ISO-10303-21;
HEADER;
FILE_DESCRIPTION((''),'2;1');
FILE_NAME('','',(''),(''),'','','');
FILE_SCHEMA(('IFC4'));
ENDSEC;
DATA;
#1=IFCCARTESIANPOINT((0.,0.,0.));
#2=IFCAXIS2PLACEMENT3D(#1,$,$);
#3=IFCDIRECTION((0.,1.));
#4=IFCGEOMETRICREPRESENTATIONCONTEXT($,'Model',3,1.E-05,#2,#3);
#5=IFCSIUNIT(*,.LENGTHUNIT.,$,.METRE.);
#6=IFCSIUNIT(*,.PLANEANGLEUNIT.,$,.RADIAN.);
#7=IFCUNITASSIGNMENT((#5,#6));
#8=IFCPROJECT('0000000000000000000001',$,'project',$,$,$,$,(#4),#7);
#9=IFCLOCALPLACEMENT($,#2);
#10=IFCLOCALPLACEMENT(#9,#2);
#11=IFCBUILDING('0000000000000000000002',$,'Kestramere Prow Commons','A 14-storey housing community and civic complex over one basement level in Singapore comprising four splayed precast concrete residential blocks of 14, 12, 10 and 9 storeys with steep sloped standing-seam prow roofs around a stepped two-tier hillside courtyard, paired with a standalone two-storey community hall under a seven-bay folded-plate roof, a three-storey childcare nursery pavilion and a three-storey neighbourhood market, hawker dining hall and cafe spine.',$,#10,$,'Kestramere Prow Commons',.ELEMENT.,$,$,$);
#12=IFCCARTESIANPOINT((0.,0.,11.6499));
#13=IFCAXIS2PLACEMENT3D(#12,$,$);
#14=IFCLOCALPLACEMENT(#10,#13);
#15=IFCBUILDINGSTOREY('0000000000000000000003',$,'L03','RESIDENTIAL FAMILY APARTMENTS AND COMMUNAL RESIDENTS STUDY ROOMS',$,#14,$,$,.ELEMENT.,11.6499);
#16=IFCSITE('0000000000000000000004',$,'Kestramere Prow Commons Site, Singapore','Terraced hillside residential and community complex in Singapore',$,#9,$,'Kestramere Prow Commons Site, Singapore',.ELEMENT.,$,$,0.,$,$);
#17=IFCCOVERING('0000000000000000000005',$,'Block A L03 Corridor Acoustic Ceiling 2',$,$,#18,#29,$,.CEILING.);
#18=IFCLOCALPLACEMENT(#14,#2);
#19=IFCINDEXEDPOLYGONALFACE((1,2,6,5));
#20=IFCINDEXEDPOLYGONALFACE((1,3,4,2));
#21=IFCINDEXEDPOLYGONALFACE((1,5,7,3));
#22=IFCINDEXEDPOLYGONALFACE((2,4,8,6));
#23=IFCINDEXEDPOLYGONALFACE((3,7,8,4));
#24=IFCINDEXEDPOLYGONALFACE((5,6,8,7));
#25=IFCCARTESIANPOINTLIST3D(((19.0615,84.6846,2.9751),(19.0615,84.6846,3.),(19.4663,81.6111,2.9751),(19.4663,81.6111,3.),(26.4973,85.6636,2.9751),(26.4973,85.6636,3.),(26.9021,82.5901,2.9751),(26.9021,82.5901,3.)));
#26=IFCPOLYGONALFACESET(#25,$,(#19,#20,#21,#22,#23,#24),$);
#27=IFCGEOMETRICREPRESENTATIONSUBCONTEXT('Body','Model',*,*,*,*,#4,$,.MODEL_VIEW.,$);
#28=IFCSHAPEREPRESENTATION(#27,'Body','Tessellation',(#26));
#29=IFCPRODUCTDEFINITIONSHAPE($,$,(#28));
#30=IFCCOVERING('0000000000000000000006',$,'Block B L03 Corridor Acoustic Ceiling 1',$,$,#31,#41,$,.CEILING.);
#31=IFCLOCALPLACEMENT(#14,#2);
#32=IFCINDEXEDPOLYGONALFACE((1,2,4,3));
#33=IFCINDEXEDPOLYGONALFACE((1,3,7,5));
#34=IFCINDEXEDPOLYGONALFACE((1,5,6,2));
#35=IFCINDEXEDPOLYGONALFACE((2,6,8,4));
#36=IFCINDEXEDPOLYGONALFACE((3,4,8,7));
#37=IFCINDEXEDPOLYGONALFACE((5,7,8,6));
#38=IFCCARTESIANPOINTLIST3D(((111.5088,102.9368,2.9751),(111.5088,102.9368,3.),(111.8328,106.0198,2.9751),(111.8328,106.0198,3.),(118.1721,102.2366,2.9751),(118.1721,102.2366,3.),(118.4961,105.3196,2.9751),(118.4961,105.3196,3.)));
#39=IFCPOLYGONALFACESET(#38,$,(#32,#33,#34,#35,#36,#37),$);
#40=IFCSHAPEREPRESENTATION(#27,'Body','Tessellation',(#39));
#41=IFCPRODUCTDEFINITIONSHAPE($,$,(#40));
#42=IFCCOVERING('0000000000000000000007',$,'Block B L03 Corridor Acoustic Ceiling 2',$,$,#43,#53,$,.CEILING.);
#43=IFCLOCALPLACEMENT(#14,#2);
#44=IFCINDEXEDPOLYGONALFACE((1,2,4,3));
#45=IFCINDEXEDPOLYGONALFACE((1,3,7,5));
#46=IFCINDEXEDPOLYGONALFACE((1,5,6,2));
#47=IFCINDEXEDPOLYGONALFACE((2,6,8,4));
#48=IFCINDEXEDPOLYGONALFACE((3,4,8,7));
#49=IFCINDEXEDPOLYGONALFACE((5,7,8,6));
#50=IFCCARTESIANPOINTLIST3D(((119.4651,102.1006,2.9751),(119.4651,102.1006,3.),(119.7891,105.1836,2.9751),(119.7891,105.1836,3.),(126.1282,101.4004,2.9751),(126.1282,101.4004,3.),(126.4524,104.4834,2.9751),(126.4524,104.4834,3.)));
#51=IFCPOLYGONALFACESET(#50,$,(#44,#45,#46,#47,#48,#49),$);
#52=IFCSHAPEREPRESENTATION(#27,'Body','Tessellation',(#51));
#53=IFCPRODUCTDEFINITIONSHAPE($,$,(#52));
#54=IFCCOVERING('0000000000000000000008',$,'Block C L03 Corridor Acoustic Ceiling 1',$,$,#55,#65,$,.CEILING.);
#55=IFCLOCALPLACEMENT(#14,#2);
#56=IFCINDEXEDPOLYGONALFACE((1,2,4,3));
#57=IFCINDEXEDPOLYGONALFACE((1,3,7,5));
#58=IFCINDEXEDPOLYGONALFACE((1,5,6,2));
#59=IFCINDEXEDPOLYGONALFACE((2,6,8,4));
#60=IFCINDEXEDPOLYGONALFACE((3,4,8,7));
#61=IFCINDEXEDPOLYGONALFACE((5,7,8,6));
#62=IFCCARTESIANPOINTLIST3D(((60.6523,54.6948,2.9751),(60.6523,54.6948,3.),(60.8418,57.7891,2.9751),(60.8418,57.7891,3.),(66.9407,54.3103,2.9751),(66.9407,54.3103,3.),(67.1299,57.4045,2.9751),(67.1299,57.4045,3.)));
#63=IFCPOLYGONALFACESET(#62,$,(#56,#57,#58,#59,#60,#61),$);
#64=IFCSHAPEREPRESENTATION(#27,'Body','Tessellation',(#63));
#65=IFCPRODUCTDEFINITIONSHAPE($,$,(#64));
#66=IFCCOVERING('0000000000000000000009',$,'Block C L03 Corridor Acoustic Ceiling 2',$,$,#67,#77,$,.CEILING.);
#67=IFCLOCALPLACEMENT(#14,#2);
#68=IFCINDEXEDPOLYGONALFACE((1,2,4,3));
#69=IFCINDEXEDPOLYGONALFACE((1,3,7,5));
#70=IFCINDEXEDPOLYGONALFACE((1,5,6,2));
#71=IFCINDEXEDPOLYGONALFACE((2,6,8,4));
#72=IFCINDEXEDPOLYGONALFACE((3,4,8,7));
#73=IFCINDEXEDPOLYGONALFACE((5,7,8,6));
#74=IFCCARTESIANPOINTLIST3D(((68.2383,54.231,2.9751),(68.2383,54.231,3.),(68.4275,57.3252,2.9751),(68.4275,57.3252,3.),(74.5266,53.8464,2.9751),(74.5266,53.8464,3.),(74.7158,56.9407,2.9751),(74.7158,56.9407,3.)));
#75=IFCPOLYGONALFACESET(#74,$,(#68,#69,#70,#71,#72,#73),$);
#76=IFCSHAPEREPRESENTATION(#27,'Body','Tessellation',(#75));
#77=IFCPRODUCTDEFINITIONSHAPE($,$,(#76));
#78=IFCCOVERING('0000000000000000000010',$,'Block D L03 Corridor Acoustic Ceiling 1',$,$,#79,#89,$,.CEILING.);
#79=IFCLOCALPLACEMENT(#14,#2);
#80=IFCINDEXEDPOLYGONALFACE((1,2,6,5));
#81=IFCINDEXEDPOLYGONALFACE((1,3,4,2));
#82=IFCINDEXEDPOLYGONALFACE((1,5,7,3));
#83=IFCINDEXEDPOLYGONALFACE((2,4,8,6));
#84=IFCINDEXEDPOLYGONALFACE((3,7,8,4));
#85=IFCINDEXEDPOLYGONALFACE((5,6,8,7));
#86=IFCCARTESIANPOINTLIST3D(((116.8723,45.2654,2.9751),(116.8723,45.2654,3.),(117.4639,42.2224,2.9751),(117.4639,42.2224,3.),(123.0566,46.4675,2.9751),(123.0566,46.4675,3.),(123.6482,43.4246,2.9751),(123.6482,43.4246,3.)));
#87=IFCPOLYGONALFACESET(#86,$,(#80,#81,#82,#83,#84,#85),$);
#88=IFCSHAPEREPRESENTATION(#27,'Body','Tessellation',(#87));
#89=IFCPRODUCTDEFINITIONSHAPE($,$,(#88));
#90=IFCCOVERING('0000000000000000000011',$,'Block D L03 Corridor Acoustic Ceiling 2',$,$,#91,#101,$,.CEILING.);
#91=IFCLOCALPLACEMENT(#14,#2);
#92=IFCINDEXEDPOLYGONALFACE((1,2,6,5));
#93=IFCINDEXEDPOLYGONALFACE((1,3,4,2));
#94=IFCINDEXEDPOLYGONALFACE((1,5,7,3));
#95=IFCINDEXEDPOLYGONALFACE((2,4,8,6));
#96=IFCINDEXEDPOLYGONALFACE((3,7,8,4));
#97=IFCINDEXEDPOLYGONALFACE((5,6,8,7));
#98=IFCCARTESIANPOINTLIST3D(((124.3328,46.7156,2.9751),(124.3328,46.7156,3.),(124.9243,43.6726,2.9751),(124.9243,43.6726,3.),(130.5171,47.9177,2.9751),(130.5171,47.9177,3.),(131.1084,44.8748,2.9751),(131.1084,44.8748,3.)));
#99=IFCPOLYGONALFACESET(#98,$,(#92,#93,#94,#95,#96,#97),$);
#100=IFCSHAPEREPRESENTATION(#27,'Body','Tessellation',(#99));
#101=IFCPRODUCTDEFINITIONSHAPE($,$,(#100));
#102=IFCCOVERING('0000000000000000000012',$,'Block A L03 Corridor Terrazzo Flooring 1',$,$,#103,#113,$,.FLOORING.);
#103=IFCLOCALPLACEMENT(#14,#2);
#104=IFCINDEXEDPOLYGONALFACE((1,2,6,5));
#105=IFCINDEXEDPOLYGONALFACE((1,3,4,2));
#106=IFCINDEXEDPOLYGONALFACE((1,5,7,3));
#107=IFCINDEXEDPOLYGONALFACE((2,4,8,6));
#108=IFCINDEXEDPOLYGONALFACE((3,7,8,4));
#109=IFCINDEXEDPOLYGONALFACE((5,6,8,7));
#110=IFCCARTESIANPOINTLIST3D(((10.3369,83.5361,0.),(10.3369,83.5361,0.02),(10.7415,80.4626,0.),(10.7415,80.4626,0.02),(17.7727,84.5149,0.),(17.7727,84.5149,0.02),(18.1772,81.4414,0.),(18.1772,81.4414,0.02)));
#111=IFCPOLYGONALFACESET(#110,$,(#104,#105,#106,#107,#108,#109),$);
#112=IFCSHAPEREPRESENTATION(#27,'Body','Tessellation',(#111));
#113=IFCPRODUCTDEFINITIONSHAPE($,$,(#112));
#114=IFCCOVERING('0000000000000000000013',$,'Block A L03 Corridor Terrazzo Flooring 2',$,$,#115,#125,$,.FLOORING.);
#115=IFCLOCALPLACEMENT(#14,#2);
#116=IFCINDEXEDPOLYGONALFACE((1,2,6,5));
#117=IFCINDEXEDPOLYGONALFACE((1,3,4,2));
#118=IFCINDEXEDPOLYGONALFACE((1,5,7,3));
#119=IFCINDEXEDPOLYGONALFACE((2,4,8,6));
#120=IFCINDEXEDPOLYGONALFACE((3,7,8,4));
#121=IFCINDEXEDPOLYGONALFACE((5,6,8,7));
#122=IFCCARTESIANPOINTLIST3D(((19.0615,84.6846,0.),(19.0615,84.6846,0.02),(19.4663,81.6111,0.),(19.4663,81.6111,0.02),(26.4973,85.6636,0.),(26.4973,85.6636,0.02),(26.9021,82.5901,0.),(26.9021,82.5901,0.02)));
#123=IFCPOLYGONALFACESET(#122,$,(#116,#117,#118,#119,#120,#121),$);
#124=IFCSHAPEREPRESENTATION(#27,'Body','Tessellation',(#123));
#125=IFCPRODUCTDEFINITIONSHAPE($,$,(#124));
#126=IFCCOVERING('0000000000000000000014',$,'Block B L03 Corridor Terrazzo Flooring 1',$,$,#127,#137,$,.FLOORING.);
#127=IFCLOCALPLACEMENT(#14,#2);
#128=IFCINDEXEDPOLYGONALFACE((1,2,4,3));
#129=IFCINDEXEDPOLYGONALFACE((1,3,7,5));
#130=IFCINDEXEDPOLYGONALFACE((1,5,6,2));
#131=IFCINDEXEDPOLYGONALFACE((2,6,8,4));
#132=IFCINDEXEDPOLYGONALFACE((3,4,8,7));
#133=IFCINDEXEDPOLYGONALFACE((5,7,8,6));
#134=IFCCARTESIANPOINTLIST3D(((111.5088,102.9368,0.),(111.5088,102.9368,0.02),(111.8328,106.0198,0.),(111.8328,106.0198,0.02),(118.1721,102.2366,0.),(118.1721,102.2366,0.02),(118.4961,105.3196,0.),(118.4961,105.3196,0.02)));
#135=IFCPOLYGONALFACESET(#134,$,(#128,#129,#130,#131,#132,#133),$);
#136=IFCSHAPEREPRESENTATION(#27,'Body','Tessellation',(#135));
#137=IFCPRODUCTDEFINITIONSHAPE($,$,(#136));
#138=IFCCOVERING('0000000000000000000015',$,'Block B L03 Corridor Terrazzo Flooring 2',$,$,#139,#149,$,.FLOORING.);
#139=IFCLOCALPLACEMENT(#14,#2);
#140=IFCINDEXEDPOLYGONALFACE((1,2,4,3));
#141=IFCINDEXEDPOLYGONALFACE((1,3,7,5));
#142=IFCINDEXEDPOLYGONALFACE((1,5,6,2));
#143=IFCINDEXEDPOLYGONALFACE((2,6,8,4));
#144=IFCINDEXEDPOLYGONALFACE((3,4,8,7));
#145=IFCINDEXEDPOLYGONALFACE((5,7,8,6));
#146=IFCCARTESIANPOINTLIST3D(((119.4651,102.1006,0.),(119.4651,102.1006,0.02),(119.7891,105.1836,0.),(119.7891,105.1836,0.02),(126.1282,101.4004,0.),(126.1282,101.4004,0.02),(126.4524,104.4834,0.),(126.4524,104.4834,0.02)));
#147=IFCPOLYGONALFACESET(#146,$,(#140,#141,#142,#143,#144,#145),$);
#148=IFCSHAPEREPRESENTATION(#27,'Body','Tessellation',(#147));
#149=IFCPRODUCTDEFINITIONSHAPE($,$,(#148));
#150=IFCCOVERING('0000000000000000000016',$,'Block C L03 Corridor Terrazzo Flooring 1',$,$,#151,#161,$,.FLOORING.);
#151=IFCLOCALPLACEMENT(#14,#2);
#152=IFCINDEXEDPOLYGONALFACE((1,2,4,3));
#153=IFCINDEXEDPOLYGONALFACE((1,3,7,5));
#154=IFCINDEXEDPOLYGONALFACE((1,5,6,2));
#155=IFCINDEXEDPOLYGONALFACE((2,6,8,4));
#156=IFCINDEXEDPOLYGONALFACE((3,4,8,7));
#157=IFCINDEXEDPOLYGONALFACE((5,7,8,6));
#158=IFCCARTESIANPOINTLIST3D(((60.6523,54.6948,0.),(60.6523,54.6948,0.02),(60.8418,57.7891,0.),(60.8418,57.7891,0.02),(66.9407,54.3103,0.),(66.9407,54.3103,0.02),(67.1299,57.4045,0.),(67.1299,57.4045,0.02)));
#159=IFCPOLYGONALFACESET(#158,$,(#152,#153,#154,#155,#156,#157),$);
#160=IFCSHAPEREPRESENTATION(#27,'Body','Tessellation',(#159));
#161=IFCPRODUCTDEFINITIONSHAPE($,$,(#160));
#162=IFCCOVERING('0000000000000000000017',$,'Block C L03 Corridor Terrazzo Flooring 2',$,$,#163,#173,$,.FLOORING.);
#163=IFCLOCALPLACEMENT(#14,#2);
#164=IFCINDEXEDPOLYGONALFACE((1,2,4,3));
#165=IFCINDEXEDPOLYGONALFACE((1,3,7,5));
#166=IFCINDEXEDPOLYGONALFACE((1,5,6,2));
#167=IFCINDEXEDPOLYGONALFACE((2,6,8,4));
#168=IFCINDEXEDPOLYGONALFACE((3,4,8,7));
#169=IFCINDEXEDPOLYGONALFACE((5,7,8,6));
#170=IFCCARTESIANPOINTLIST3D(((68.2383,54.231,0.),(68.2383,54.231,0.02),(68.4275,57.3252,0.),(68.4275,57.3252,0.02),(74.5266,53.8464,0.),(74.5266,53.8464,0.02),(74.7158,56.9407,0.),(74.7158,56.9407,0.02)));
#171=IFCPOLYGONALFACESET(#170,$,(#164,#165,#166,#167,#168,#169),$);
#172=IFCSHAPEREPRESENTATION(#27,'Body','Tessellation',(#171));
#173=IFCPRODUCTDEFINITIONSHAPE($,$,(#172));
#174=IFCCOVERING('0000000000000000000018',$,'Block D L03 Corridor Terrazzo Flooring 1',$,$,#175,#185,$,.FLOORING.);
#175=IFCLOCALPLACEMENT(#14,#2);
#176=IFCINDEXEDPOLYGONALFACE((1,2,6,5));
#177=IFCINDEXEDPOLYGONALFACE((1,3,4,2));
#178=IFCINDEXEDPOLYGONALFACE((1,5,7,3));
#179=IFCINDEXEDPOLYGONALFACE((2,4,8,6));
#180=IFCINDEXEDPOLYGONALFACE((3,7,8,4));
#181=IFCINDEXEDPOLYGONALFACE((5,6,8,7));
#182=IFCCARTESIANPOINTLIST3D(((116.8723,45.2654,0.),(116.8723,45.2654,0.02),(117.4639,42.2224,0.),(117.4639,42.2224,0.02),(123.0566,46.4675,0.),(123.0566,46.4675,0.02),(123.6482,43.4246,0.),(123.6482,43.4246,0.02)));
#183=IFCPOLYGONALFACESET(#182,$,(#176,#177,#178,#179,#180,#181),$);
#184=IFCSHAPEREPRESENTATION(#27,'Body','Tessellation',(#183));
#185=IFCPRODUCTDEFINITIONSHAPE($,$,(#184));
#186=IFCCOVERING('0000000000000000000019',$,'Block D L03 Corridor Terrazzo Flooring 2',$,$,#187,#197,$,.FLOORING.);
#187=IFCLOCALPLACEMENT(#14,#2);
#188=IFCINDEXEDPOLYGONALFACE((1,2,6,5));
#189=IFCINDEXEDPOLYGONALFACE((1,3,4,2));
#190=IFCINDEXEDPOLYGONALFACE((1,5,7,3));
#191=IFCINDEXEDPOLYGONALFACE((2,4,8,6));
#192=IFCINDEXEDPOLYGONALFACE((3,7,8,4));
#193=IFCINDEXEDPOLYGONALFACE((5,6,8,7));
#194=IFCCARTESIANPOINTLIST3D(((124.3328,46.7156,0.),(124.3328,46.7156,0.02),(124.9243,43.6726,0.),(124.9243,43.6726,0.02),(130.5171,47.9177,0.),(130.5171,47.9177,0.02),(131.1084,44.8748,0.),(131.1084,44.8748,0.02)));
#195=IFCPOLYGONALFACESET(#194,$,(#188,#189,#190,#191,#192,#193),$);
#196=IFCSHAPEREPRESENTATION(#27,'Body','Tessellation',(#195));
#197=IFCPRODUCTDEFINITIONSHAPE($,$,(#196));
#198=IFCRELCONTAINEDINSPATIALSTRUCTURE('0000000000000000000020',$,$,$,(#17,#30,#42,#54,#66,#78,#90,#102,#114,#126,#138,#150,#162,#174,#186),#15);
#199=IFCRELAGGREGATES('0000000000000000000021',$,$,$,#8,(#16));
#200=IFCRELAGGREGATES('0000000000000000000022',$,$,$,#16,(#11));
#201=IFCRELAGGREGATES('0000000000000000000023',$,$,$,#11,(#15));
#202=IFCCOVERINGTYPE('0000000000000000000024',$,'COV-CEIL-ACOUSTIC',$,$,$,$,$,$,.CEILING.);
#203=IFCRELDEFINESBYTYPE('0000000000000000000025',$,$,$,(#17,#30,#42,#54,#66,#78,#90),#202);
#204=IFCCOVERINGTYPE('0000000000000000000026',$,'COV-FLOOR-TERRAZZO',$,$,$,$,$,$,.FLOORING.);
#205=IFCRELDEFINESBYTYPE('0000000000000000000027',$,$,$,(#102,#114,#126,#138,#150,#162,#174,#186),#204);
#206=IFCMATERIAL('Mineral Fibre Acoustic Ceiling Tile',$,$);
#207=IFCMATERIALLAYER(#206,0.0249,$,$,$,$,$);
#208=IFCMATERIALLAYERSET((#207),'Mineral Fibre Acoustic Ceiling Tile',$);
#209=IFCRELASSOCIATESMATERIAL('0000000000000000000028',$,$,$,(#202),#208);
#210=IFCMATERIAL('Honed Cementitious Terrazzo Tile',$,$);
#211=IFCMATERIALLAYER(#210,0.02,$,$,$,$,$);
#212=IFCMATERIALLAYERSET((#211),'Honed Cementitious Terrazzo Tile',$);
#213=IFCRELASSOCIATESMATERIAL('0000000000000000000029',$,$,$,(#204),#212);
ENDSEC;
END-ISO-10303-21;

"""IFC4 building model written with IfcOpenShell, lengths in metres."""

from ifc_helpers import new_model, si_unit, direction, frame, origin, place, context, subcontext, project, spatial, polyline, outline, extrude, material, layer, layer_set, type_object, element, save


model = new_model("IFC4")

# Units and contexts
model_context = context("Model", 3, precision=1e-05, world=origin(), true_north=direction((0.0, 1.0)))
body_context = subcontext(model_context, "Body", "Model", "MODEL_VIEW")
ifc_project = project(units=[si_unit("LENGTHUNIT", "METRE"), si_unit("PLANEANGLEUNIT", "RADIAN")], contexts=[model_context])

# Site, building, storey
site_placement = place(None, origin())
site = spatial("IfcSite", under=ifc_project, at=site_placement, Name="Kestramere Prow Commons Site, Singapore", Description="Terraced hillside residential and community complex in Singapore", LongName="Kestramere Prow Commons Site, Singapore", CompositionType="ELEMENT", RefElevation=0.0)
building_placement = place(site_placement, origin())
building = spatial("IfcBuilding", under=site, at=building_placement, Name="Kestramere Prow Commons", Description="A 14-storey housing community and civic complex over one basement level in Singapore comprising four splayed precast concrete residential blocks of 14, 12, 10 and 9 storeys with steep sloped standing-seam prow roofs around a stepped two-tier hillside courtyard, paired with a standalone two-storey community hall under a seven-bay folded-plate roof, a three-storey childcare nursery pavilion and a three-storey neighbourhood market, hawker dining hall and cafe spine.", LongName="Kestramere Prow Commons", CompositionType="ELEMENT")
storey_placement = place(building_placement, frame((0.0, 0.0, 11.6499)))
storey = spatial("IfcBuildingStorey", under=building, at=storey_placement, Name="L03", Description="RESIDENTIAL FAMILY APARTMENTS AND COMMUNAL RESIDENTS STUDY ROOMS", CompositionType="ELEMENT", Elevation=11.6499)

# Coverings
ifc_material_1 = material(Name="Mineral Fibre Acoustic Ceiling Tile")
ifc_layer_1 = layer(ifc_material_1, 0.0249)
ifc_layer_set_1 = layer_set([ifc_layer_1], Name="Mineral Fibre Acoustic Ceiling Tile")
covering_type_1 = type_object("IfcCoveringType", Name="COV-CEIL-ACOUSTIC", PredefinedType="CEILING", material=ifc_layer_set_1)
covering_1_placement = place(storey_placement, frame((0.0, 0.0, 2.9751)))
element("IfcCovering", 1, at=covering_1_placement, inside=storey, type_object=covering_type_1, Name="Block A L03 Corridor Acoustic Ceiling 2", PredefinedType="CEILING", context=body_context, shape_type="SweptSolid", body=[
    extrude(outline(polyline([(19.4663, 81.6111), (26.9021, 82.5901), (26.4973, 85.6636), (19.0615, 84.6846), (19.4663, 81.6111)])), origin(), (0.0, 0.0, 1.0), 0.0249),
])
covering_2_placement = place(storey_placement, frame((0.0, 0.0, 2.9751)))
element("IfcCovering", 2, at=covering_2_placement, inside=storey, type_object=covering_type_1, Name="Block B L03 Corridor Acoustic Ceiling 1", PredefinedType="CEILING", context=body_context, shape_type="SweptSolid", body=[
    extrude(outline(polyline([(111.5088, 102.9368), (118.1721, 102.2366), (118.4961, 105.3196), (111.8328, 106.0198), (111.5088, 102.9368)])), origin(), (0.0, 0.0, 1.0), 0.0249),
])
covering_3_placement = place(storey_placement, frame((0.0, 0.0, 2.9751)))
element("IfcCovering", 3, at=covering_3_placement, inside=storey, type_object=covering_type_1, Name="Block B L03 Corridor Acoustic Ceiling 2", PredefinedType="CEILING", context=body_context, shape_type="SweptSolid", body=[
    extrude(outline(polyline([(119.4651, 102.1006), (126.1282, 101.4004), (126.4524, 104.4834), (119.7891, 105.1836), (119.4651, 102.1006)])), origin(), (0.0, 0.0, 1.0), 0.0249),
])
covering_4_placement = place(storey_placement, frame((0.0, 0.0, 2.9751)))
element("IfcCovering", 4, at=covering_4_placement, inside=storey, type_object=covering_type_1, Name="Block C L03 Corridor Acoustic Ceiling 1", PredefinedType="CEILING", context=body_context, shape_type="SweptSolid", body=[
    extrude(outline(polyline([(60.6523, 54.6948), (66.9407, 54.3103), (67.1299, 57.4045), (60.8418, 57.7891), (60.6523, 54.6948)])), origin(), (0.0, 0.0, 1.0), 0.0249),
])
covering_5_placement = place(storey_placement, frame((0.0, 0.0, 2.9751)))
element("IfcCovering", 5, at=covering_5_placement, inside=storey, type_object=covering_type_1, Name="Block C L03 Corridor Acoustic Ceiling 2", PredefinedType="CEILING", context=body_context, shape_type="SweptSolid", body=[
    extrude(outline(polyline([(68.2383, 54.231), (74.5266, 53.8464), (74.7158, 56.9407), (68.4275, 57.3252), (68.2383, 54.231)])), origin(), (0.0, 0.0, 1.0), 0.0249),
])
covering_6_placement = place(storey_placement, frame((0.0, 0.0, 2.9751)))
element("IfcCovering", 6, at=covering_6_placement, inside=storey, type_object=covering_type_1, Name="Block D L03 Corridor Acoustic Ceiling 1", PredefinedType="CEILING", context=body_context, shape_type="SweptSolid", body=[
    extrude(outline(polyline([(117.4639, 42.2224), (123.6482, 43.4246), (123.0566, 46.4675), (116.8723, 45.2654), (117.4639, 42.2224)])), origin(), (0.0, 0.0, 1.0), 0.0249),
])
covering_7_placement = place(storey_placement, frame((0.0, 0.0, 2.9751)))
element("IfcCovering", 7, at=covering_7_placement, inside=storey, type_object=covering_type_1, Name="Block D L03 Corridor Acoustic Ceiling 2", PredefinedType="CEILING", context=body_context, shape_type="SweptSolid", body=[
    extrude(outline(polyline([(124.9243, 43.6726), (131.1084, 44.8748), (130.5171, 47.9177), (124.3328, 46.7156), (124.9243, 43.6726)])), origin(), (0.0, 0.0, 1.0), 0.0249),
])
ifc_material_2 = material(Name="Honed Cementitious Terrazzo Tile")
ifc_layer_2 = layer(ifc_material_2, 0.02)
ifc_layer_set_2 = layer_set([ifc_layer_2], Name="Honed Cementitious Terrazzo Tile")
covering_type_2 = type_object("IfcCoveringType", Name="COV-FLOOR-TERRAZZO", PredefinedType="FLOORING", material=ifc_layer_set_2)
covering_8_placement = place(storey_placement, origin())
element("IfcCovering", 8, at=covering_8_placement, inside=storey, type_object=covering_type_2, Name="Block A L03 Corridor Terrazzo Flooring 1", PredefinedType="FLOORING", context=body_context, shape_type="SweptSolid", body=[
    extrude(outline(polyline([(10.7415, 80.4626), (18.1772, 81.4414), (17.7727, 84.5149), (10.3369, 83.5361), (10.7415, 80.4626)])), origin(), (0.0, 0.0, 1.0), 0.02),
])
covering_9_placement = place(storey_placement, origin())
element("IfcCovering", 9, at=covering_9_placement, inside=storey, type_object=covering_type_2, Name="Block A L03 Corridor Terrazzo Flooring 2", PredefinedType="FLOORING", context=body_context, shape_type="SweptSolid", body=[
    extrude(outline(polyline([(19.4663, 81.6111), (26.9021, 82.5901), (26.4973, 85.6636), (19.0615, 84.6846), (19.4663, 81.6111)])), origin(), (0.0, 0.0, 1.0), 0.02),
])
covering_10_placement = place(storey_placement, origin())
element("IfcCovering", 10, at=covering_10_placement, inside=storey, type_object=covering_type_2, Name="Block B L03 Corridor Terrazzo Flooring 1", PredefinedType="FLOORING", context=body_context, shape_type="SweptSolid", body=[
    extrude(outline(polyline([(111.5088, 102.9368), (118.1721, 102.2366), (118.4961, 105.3196), (111.8328, 106.0198), (111.5088, 102.9368)])), origin(), (0.0, 0.0, 1.0), 0.02),
])
covering_11_placement = place(storey_placement, origin())
element("IfcCovering", 11, at=covering_11_placement, inside=storey, type_object=covering_type_2, Name="Block B L03 Corridor Terrazzo Flooring 2", PredefinedType="FLOORING", context=body_context, shape_type="SweptSolid", body=[
    extrude(outline(polyline([(119.4651, 102.1006), (126.1282, 101.4004), (126.4524, 104.4834), (119.7891, 105.1836), (119.4651, 102.1006)])), origin(), (0.0, 0.0, 1.0), 0.02),
])
covering_12_placement = place(storey_placement, origin())
element("IfcCovering", 12, at=covering_12_placement, inside=storey, type_object=covering_type_2, Name="Block C L03 Corridor Terrazzo Flooring 1", PredefinedType="FLOORING", context=body_context, shape_type="SweptSolid", body=[
    extrude(outline(polyline([(60.6523, 54.6948), (66.9407, 54.3103), (67.1299, 57.4045), (60.8418, 57.7891), (60.6523, 54.6948)])), origin(), (0.0, 0.0, 1.0), 0.02),
])
covering_13_placement = place(storey_placement, origin())
element("IfcCovering", 13, at=covering_13_placement, inside=storey, type_object=covering_type_2, Name="Block C L03 Corridor Terrazzo Flooring 2", PredefinedType="FLOORING", context=body_context, shape_type="SweptSolid", body=[
    extrude(outline(polyline([(68.2383, 54.231), (74.5266, 53.8464), (74.7158, 56.9407), (68.4275, 57.3252), (68.2383, 54.231)])), origin(), (0.0, 0.0, 1.0), 0.02),
])
covering_14_placement = place(storey_placement, origin())
element("IfcCovering", 14, at=covering_14_placement, inside=storey, type_object=covering_type_2, Name="Block D L03 Corridor Terrazzo Flooring 1", PredefinedType="FLOORING", context=body_context, shape_type="SweptSolid", body=[
    extrude(outline(polyline([(117.4639, 42.2224), (123.6482, 43.4246), (123.0566, 46.4675), (116.8723, 45.2654), (117.4639, 42.2224)])), origin(), (0.0, 0.0, 1.0), 0.02),
])
covering_15_placement = place(storey_placement, origin())
element("IfcCovering", 15, at=covering_15_placement, inside=storey, type_object=covering_type_2, Name="Block D L03 Corridor Terrazzo Flooring 2", PredefinedType="FLOORING", context=body_context, shape_type="SweptSolid", body=[
    extrude(outline(polyline([(124.9243, 43.6726), (131.1084, 44.8748), (130.5171, 47.9177), (124.3328, 46.7156), (124.9243, 43.6726)])), origin(), (0.0, 0.0, 1.0), 0.02),
])

save(model, "model.ifc")
